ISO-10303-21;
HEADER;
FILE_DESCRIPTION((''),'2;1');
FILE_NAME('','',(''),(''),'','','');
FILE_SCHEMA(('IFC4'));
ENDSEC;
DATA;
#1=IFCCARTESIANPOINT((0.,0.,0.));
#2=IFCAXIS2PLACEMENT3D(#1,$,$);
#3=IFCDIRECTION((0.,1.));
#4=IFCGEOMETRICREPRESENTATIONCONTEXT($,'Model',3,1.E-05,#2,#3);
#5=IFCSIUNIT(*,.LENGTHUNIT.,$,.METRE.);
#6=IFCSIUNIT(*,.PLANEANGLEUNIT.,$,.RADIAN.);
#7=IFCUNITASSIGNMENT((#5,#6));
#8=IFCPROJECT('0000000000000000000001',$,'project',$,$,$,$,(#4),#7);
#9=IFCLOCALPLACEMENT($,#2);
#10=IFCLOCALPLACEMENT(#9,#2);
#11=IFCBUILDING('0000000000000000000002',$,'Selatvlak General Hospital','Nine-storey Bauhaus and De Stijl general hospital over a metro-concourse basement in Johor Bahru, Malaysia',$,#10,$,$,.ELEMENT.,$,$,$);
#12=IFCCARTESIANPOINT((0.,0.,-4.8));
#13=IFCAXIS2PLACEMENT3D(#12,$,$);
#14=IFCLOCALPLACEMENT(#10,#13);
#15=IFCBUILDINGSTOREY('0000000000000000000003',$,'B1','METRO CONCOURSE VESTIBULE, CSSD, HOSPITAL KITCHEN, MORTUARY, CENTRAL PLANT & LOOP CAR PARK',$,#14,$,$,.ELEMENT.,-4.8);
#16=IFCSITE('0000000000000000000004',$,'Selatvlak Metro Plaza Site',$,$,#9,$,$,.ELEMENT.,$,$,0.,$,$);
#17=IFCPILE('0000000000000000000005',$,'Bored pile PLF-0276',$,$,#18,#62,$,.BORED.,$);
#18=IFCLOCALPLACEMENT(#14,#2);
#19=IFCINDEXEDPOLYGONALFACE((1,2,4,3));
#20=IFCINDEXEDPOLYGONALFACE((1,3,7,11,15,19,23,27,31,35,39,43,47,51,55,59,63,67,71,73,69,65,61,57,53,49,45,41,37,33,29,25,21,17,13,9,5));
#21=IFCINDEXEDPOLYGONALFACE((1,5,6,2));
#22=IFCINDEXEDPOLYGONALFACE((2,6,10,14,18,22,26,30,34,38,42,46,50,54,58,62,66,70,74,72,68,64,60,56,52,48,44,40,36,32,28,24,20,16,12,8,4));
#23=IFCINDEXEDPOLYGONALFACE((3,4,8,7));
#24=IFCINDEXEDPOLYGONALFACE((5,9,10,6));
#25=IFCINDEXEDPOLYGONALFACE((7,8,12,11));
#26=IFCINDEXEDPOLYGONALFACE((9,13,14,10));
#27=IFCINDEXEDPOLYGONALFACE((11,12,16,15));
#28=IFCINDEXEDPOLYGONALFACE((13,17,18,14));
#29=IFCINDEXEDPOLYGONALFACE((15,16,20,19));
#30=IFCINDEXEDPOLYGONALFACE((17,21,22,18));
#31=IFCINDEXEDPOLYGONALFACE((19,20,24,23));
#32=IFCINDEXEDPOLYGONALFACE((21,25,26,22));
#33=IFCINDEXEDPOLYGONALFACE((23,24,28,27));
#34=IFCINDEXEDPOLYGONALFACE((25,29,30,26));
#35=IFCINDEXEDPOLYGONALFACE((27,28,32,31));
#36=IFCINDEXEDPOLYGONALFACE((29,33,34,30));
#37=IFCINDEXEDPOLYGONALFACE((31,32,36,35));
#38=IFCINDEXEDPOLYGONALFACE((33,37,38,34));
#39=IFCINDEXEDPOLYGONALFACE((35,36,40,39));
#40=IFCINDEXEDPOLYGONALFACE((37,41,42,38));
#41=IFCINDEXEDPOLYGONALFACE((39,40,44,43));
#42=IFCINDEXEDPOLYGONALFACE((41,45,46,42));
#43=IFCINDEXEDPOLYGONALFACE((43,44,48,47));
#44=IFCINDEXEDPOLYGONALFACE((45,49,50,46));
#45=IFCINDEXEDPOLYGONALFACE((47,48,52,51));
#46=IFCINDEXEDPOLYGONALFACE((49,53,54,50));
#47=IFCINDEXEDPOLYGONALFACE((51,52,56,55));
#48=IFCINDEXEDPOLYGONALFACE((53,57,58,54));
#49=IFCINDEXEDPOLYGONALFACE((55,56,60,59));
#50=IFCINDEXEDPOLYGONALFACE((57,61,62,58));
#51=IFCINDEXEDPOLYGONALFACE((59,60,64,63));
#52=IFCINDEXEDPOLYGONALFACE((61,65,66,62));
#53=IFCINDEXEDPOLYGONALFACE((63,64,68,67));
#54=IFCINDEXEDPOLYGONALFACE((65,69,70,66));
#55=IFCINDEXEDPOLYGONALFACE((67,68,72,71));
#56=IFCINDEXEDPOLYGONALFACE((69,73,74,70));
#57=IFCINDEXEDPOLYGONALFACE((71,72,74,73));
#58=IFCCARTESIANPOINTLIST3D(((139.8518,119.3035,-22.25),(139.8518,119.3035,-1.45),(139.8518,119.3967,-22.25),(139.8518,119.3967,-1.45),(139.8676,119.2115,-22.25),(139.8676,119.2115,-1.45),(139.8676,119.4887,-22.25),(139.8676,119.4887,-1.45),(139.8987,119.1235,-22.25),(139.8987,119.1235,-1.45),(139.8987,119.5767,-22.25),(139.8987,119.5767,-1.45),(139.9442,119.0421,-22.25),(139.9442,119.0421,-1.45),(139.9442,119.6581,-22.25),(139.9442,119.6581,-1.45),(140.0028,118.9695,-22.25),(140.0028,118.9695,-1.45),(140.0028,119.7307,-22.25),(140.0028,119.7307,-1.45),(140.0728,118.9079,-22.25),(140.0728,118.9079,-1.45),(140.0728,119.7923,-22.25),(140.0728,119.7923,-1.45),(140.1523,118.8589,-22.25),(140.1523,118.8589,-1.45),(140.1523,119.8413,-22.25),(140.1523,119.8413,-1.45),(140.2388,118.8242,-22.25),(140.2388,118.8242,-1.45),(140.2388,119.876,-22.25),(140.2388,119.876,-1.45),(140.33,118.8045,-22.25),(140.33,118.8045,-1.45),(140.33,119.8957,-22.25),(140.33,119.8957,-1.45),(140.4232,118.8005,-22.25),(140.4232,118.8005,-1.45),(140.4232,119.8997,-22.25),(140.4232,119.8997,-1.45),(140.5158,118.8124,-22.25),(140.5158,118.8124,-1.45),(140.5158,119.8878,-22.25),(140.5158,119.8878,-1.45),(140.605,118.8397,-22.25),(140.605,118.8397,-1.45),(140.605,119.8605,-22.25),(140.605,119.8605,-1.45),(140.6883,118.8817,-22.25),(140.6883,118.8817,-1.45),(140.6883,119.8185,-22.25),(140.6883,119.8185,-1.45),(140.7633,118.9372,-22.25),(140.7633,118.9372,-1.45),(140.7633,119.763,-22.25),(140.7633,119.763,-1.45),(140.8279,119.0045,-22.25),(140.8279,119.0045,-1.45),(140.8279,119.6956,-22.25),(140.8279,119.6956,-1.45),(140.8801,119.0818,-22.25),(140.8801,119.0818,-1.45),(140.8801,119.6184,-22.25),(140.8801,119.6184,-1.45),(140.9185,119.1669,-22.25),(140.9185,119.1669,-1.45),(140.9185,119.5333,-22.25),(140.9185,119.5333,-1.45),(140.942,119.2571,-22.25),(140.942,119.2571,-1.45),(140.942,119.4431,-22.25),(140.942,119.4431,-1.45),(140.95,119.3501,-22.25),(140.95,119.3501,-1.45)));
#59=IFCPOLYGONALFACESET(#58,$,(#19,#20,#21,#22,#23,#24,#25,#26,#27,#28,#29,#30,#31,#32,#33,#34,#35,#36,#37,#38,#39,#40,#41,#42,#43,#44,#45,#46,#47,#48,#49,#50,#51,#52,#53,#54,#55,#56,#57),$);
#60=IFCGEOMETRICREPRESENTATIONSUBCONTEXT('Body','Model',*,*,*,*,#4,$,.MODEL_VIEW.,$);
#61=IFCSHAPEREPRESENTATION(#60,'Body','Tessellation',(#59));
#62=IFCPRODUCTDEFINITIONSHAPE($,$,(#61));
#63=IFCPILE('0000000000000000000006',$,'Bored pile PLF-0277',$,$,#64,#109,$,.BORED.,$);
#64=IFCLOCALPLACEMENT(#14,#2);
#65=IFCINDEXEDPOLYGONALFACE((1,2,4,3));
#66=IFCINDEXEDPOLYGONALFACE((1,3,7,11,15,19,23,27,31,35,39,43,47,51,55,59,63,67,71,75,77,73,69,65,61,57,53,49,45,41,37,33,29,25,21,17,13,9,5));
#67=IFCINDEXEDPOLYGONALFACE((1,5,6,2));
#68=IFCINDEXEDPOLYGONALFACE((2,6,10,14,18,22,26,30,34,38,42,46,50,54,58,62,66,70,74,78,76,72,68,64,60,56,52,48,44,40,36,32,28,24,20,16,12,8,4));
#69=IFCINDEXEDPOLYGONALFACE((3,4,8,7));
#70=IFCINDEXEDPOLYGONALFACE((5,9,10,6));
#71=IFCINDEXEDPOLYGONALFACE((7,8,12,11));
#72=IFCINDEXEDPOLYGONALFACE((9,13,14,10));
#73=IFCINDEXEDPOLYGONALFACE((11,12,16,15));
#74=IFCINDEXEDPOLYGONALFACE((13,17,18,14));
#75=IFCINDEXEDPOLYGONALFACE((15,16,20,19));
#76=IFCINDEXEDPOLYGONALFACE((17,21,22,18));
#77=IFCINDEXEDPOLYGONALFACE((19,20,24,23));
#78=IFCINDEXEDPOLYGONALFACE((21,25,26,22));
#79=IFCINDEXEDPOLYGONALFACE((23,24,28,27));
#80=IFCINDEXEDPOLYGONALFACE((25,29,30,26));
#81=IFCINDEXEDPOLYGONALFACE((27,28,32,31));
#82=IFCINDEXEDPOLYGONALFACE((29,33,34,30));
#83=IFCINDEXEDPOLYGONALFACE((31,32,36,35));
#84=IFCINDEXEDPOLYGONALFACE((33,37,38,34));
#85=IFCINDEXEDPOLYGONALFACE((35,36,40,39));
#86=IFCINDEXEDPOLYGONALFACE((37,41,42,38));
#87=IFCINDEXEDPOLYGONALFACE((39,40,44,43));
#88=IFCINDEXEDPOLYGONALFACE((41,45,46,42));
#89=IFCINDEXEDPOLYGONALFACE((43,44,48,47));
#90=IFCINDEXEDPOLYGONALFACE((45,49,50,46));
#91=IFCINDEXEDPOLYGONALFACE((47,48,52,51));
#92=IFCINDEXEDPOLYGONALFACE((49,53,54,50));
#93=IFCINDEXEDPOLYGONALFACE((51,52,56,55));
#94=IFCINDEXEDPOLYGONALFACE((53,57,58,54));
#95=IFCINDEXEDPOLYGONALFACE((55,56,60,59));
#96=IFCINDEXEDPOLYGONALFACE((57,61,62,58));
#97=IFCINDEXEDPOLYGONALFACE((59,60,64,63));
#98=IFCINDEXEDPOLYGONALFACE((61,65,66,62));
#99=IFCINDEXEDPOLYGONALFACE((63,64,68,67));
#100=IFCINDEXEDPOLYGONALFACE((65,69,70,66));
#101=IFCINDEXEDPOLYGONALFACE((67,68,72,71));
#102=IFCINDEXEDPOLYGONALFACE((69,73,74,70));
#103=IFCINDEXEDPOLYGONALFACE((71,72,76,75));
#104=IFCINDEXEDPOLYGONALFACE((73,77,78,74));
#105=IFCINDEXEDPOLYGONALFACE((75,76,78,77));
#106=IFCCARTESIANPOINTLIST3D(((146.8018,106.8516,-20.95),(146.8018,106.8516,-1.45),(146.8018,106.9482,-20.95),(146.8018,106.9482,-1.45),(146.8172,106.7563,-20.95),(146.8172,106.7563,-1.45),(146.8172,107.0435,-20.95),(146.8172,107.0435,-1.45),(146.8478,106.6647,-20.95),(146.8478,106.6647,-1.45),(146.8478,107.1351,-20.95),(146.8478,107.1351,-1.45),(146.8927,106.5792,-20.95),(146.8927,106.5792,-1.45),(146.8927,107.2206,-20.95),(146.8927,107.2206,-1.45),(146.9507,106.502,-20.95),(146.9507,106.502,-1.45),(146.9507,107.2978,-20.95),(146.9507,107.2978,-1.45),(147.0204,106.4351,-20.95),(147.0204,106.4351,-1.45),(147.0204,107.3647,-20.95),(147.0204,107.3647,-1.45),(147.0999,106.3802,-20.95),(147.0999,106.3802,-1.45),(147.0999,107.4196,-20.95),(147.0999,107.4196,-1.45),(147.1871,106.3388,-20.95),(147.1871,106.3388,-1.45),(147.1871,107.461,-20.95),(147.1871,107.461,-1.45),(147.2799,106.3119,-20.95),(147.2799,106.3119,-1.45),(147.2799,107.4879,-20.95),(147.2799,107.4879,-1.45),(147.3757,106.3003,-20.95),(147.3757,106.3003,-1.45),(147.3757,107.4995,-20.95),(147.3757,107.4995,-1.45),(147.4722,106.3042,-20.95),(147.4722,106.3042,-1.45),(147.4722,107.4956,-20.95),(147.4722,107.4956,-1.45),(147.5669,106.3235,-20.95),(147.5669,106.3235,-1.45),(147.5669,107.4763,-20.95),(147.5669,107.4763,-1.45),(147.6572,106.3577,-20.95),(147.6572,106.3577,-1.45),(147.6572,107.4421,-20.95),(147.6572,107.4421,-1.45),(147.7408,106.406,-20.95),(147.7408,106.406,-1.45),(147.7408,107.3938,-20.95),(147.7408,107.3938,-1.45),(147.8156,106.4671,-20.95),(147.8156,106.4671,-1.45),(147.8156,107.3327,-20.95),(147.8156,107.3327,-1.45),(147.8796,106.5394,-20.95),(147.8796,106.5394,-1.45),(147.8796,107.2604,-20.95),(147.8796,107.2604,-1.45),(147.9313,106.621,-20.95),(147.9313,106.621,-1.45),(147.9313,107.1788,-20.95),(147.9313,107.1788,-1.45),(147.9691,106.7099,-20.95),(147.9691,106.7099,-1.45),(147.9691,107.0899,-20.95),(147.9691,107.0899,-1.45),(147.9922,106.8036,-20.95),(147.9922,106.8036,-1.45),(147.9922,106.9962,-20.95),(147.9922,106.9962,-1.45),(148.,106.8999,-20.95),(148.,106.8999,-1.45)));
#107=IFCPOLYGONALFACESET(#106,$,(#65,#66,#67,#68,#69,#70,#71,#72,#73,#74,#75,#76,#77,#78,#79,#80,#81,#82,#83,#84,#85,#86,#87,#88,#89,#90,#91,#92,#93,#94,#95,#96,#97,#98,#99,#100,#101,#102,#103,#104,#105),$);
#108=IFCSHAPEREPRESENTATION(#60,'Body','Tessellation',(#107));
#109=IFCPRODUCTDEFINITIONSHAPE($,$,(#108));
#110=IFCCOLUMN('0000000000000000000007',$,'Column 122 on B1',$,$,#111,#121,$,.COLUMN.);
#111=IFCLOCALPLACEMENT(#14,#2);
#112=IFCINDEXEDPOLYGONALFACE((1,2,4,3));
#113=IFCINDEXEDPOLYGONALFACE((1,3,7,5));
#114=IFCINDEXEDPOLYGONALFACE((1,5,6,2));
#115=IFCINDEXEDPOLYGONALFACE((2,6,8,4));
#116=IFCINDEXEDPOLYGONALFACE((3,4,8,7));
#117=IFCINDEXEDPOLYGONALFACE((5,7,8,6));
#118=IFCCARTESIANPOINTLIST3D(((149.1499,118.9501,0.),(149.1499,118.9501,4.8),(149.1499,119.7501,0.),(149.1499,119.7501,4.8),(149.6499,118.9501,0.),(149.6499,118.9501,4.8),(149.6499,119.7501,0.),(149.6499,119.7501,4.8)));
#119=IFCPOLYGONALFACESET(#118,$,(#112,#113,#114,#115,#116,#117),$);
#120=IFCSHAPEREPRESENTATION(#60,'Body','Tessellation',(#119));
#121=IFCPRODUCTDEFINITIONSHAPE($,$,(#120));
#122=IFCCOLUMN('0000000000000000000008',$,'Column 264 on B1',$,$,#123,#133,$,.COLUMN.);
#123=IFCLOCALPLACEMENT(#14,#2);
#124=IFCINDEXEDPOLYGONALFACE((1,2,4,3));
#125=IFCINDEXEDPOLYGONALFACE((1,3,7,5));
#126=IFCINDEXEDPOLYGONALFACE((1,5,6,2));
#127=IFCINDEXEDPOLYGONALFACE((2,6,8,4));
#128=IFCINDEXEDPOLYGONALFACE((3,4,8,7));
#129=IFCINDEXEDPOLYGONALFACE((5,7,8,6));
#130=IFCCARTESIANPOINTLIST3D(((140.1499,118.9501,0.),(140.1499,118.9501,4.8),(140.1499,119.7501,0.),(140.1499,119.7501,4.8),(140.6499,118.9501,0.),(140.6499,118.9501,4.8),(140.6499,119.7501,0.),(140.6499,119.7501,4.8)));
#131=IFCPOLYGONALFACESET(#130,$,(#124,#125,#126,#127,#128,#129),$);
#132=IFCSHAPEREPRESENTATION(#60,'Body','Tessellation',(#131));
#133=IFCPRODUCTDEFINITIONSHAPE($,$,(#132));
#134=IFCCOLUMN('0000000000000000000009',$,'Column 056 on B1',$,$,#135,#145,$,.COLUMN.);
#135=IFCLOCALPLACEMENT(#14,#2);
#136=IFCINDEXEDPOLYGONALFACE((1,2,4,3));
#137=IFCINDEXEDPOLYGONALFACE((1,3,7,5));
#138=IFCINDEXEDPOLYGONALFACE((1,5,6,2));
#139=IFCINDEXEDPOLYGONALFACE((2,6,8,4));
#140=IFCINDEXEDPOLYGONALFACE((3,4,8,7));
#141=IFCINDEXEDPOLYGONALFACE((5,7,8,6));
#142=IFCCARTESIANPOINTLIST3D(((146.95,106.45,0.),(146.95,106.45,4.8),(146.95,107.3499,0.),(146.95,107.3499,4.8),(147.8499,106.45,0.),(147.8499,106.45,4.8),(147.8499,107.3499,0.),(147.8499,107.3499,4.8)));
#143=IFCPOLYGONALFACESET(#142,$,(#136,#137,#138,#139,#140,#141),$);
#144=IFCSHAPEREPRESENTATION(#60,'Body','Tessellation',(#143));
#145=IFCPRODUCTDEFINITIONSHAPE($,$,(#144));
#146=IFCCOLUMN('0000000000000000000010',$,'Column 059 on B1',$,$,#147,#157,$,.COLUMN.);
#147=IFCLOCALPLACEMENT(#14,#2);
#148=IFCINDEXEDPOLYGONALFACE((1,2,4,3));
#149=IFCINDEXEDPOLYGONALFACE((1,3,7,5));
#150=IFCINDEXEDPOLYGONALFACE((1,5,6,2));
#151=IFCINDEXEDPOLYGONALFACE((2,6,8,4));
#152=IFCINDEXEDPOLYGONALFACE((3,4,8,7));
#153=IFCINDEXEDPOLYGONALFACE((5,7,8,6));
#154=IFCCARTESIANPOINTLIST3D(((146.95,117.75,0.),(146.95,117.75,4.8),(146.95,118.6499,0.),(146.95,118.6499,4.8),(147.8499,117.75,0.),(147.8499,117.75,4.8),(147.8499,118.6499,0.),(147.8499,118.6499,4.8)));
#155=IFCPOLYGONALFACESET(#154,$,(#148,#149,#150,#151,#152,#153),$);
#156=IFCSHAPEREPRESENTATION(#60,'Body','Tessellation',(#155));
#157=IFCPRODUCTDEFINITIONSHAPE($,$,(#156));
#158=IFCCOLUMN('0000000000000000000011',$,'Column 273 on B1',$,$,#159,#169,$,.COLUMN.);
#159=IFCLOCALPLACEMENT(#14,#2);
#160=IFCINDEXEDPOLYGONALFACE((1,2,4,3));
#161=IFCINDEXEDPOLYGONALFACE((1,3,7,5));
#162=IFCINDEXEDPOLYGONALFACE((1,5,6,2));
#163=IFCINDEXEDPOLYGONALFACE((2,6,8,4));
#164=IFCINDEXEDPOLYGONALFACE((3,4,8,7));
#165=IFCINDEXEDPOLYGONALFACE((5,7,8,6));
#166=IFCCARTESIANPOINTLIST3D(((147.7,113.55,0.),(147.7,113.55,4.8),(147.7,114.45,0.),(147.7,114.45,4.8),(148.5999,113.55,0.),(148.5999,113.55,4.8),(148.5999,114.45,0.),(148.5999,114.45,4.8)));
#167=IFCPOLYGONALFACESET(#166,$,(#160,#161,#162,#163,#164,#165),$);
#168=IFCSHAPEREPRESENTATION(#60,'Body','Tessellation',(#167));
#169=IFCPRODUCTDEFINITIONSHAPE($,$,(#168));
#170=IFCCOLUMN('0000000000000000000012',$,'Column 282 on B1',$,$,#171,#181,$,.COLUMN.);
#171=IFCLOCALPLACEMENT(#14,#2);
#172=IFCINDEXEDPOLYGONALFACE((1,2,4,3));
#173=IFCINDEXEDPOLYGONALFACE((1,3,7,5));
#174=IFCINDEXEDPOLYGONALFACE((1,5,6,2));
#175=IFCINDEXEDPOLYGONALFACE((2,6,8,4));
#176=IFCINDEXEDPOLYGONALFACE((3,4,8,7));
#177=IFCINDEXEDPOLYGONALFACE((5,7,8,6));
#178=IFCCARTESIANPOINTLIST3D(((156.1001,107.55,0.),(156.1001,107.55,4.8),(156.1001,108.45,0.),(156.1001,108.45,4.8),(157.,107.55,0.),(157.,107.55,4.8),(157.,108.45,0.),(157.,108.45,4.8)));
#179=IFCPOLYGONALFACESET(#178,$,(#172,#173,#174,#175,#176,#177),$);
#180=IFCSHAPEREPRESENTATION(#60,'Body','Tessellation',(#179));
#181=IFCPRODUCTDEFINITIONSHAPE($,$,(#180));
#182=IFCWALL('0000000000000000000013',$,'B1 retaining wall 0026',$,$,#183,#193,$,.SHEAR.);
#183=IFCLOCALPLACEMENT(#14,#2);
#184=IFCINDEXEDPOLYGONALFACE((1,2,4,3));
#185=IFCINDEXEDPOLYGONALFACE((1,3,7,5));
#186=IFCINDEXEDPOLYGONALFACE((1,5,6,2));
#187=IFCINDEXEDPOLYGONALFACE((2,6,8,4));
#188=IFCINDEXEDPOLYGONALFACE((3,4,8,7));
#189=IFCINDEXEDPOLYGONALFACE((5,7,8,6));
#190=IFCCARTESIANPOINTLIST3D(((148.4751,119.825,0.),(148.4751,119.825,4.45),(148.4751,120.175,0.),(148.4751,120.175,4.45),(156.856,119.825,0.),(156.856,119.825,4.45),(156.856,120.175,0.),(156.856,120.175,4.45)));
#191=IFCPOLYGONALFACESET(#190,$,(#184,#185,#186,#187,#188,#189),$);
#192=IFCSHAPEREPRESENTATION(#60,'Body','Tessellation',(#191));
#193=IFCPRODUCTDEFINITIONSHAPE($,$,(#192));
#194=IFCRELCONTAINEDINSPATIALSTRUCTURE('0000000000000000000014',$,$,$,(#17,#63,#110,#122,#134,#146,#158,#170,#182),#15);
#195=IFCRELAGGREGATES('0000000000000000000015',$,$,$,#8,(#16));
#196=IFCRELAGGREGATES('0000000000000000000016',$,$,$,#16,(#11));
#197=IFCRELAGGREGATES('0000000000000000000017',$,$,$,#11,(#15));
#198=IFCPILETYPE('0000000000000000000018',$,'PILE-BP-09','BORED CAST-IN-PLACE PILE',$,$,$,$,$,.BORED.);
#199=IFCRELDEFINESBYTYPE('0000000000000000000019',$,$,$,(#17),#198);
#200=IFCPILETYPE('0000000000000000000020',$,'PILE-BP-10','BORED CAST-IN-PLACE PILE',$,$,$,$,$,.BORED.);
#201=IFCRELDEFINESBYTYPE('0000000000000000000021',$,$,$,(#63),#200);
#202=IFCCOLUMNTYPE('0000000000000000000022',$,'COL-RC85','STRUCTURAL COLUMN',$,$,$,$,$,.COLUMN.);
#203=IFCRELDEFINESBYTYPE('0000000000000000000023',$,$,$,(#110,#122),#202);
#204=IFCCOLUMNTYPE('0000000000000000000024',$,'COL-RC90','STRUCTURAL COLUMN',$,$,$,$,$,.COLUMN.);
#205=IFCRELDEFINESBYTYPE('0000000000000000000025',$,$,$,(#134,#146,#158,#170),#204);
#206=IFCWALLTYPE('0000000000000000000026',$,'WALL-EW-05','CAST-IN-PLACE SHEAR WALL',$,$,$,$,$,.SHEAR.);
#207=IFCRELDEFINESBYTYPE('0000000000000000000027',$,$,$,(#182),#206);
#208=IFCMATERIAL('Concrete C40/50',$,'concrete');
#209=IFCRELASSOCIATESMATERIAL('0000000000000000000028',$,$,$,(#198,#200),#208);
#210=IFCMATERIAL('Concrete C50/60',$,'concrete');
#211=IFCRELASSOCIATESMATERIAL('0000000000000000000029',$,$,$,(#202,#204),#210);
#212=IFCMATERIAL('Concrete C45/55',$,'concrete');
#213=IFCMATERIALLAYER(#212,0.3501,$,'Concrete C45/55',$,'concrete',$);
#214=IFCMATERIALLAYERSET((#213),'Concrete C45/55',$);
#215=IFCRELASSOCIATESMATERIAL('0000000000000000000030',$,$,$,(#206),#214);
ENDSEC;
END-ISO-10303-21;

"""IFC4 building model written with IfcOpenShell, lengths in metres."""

from ifc_helpers import new_model, si_unit, direction, frame, frame_2d, origin, origin_2d, place, context, subcontext, project, spatial, rectangle, circle, extrude, material, layer, layer_set, material_profile, profile_set, type_object, element, save


model = new_model("IFC4")

# Units and contexts
model_context = context("Model", 3, precision=1e-05, world=origin(), true_north=direction((0.0, 1.0)))
body_context = subcontext(model_context, "Body", "Model", "MODEL_VIEW")
ifc_project = project(units=[si_unit("LENGTHUNIT", "METRE"), si_unit("PLANEANGLEUNIT", "RADIAN")], contexts=[model_context])

# Site, building, storey
site_placement = place(None, origin())
site = spatial("IfcSite", under=ifc_project, at=site_placement, Name="Selatvlak Metro Plaza Site", CompositionType="ELEMENT", RefElevation=0.0)
building_placement = place(site_placement, origin())
building = spatial("IfcBuilding", under=site, at=building_placement, Name="Selatvlak General Hospital", Description="Nine-storey Bauhaus and De Stijl general hospital over a metro-concourse basement in Johor Bahru, Malaysia", CompositionType="ELEMENT")
storey_placement = place(building_placement, frame((0.0, 0.0, -4.8)))
storey = spatial("IfcBuildingStorey", under=building, at=storey_placement, Name="B1", Description="METRO CONCOURSE VESTIBULE, CSSD, HOSPITAL KITCHEN, MORTUARY, CENTRAL PLANT & LOOP CAR PARK", CompositionType="ELEMENT", Elevation=-4.8)

# Shared definitions
ifc_material_1 = material(Name="Concrete C40/50", Category="concrete")

# Piles
ifc_material_profile_1 = material_profile(ifc_material_1, circle(Radius=0.55, at=origin_2d()), Name="BORED PILE 1100")
ifc_profile_set_1 = profile_set([ifc_material_profile_1], Name="Concrete C40/50")
pile_type_1 = type_object("IfcPileType", Name="PILE-BP-09", Description="BORED CAST-IN-PLACE PILE", PredefinedType="BORED", material=ifc_profile_set_1)
pile_1_placement = place(storey_placement, frame((140.3999, 119.3501, -1.45), z_axis=(0.0, 0.0, -1.0), x_axis=(1.0, 0.0, 0.0)))
element("IfcPile", 1, at=pile_1_placement, inside=storey, type_object=pile_type_1, Name="Bored pile PLF-0276", PredefinedType="BORED", context=body_context, shape_type="SweptSolid", body=[
    extrude(circle(Radius=0.55, at=origin_2d()), origin(), (0.0, 0.0, 1.0), 20.8),
])
ifc_material_profile_2 = material_profile(ifc_material_1, circle(Radius=0.6001, at=origin_2d()), Name="BORED PILE 1200")
ifc_profile_set_2 = profile_set([ifc_material_profile_2], Name="Concrete C40/50")
pile_type_2 = type_object("IfcPileType", Name="PILE-BP-10", Description="BORED CAST-IN-PLACE PILE", PredefinedType="BORED", material=ifc_profile_set_2)
pile_2_placement = place(storey_placement, frame((147.3999, 106.8999, -1.45), z_axis=(0.0, 0.0, -1.0), x_axis=(1.0, 0.0, 0.0)))
element("IfcPile", 2, at=pile_2_placement, inside=storey, type_object=pile_type_2, Name="Bored pile PLF-0277", PredefinedType="BORED", context=body_context, shape_type="SweptSolid", body=[
    extrude(circle(Radius=0.6001, at=origin_2d()), origin(), (0.0, 0.0, 1.0), 19.5),
])

# Columns
ifc_material_2 = material(Name="Concrete C50/60", Category="concrete")
ifc_material_profile_3 = material_profile(ifc_material_2, rectangle(XDim=0.5, YDim=0.8, at=origin_2d()), Name="RC-COL 800x500")
ifc_profile_set_3 = profile_set([ifc_material_profile_3], Name="Concrete C50/60")
column_type_1 = type_object("IfcColumnType", Name="COL-RC85", Description="STRUCTURAL COLUMN", PredefinedType="COLUMN", material=ifc_profile_set_3)
for number, where, z_axis, x_axis, name in (
    (3, (149.3999, 119.3501, 0.0), (0.0, 0.0, 1.0), (1.0, 0.0, 0.0), "Column 122 on B1"),
    (4, (140.3999, 119.3501, 0.0), (0.0, 0.0, 1.0), (1.0, 0.0, 0.0), "Column 264 on B1"),
):
    element("IfcColumn", number, at=place(storey_placement, frame(where, z_axis=z_axis, x_axis=x_axis)), inside=storey, type_object=column_type_1, Name=name, PredefinedType="COLUMN", context=body_context, shape_type="SweptSolid", body=[
        extrude(rectangle(XDim=0.5, YDim=0.8, at=origin_2d()), origin(), (0.0, 0.0, 1.0), 4.8),
    ])
ifc_material_profile_4 = material_profile(ifc_material_2, rectangle(XDim=0.8999, YDim=0.8999, at=origin_2d()), Name="RC-COL 900x900")
ifc_profile_set_4 = profile_set([ifc_material_profile_4], Name="Concrete C50/60")
column_type_2 = type_object("IfcColumnType", Name="COL-RC90", Description="STRUCTURAL COLUMN", PredefinedType="COLUMN", material=ifc_profile_set_4)
for number, where, z_axis, x_axis, name in (
    (5, (147.3999, 106.8999, 0.0), (0.0, 0.0, 1.0), (1.0, 0.0, 0.0), "Column 056 on B1"),
    (6, (147.3999, 118.2, 0.0), (0.0, 0.0, 1.0), (1.0, 0.0, 0.0), "Column 059 on B1"),
    (7, (148.1499, 114.0, 0.0), (0.0, 0.0, 1.0), (1.0, 0.0, 0.0), "Column 273 on B1"),
    (8, (156.55, 108.0, 0.0), (0.0, 0.0, 1.0), (1.0, 0.0, 0.0), "Column 282 on B1"),
):
    element("IfcColumn", number, at=place(storey_placement, frame(where, z_axis=z_axis, x_axis=x_axis)), inside=storey, type_object=column_type_2, Name=name, PredefinedType="COLUMN", context=body_context, shape_type="SweptSolid", body=[
        extrude(rectangle(XDim=0.8999, YDim=0.8999, at=origin_2d()), origin(), (0.0, 0.0, 1.0), 4.8),
    ])

# Wall
ifc_material_3 = material(Name="Concrete C45/55", Category="concrete")
ifc_layer_1 = layer(ifc_material_3, 0.3501, Name="Concrete C45/55", Category="concrete")
ifc_layer_set_1 = layer_set([ifc_layer_1], Name="Concrete C45/55")
wall_type_1 = type_object("IfcWallType", Name="WALL-EW-05", Description="CAST-IN-PLACE SHEAR WALL", PredefinedType="SHEAR", material=ifc_layer_set_1)
wall_1_placement = place(storey_placement, frame((148.4751, 120.0, 0.0), z_axis=(0.0, 0.0, 1.0), x_axis=(1.0, 0.0, 0.0)))
element("IfcWall", 9, at=wall_1_placement, inside=storey, type_object=wall_type_1, Name="B1 retaining wall 0026", PredefinedType="SHEAR", context=body_context, shape_type="SweptSolid", body=[
    extrude(rectangle(XDim=8.3809, YDim=0.3501, at=frame_2d((4.1904, 0.0))), origin(), (0.0, 0.0, 1.0), 4.45),
])

save(model, "model.ifc")
